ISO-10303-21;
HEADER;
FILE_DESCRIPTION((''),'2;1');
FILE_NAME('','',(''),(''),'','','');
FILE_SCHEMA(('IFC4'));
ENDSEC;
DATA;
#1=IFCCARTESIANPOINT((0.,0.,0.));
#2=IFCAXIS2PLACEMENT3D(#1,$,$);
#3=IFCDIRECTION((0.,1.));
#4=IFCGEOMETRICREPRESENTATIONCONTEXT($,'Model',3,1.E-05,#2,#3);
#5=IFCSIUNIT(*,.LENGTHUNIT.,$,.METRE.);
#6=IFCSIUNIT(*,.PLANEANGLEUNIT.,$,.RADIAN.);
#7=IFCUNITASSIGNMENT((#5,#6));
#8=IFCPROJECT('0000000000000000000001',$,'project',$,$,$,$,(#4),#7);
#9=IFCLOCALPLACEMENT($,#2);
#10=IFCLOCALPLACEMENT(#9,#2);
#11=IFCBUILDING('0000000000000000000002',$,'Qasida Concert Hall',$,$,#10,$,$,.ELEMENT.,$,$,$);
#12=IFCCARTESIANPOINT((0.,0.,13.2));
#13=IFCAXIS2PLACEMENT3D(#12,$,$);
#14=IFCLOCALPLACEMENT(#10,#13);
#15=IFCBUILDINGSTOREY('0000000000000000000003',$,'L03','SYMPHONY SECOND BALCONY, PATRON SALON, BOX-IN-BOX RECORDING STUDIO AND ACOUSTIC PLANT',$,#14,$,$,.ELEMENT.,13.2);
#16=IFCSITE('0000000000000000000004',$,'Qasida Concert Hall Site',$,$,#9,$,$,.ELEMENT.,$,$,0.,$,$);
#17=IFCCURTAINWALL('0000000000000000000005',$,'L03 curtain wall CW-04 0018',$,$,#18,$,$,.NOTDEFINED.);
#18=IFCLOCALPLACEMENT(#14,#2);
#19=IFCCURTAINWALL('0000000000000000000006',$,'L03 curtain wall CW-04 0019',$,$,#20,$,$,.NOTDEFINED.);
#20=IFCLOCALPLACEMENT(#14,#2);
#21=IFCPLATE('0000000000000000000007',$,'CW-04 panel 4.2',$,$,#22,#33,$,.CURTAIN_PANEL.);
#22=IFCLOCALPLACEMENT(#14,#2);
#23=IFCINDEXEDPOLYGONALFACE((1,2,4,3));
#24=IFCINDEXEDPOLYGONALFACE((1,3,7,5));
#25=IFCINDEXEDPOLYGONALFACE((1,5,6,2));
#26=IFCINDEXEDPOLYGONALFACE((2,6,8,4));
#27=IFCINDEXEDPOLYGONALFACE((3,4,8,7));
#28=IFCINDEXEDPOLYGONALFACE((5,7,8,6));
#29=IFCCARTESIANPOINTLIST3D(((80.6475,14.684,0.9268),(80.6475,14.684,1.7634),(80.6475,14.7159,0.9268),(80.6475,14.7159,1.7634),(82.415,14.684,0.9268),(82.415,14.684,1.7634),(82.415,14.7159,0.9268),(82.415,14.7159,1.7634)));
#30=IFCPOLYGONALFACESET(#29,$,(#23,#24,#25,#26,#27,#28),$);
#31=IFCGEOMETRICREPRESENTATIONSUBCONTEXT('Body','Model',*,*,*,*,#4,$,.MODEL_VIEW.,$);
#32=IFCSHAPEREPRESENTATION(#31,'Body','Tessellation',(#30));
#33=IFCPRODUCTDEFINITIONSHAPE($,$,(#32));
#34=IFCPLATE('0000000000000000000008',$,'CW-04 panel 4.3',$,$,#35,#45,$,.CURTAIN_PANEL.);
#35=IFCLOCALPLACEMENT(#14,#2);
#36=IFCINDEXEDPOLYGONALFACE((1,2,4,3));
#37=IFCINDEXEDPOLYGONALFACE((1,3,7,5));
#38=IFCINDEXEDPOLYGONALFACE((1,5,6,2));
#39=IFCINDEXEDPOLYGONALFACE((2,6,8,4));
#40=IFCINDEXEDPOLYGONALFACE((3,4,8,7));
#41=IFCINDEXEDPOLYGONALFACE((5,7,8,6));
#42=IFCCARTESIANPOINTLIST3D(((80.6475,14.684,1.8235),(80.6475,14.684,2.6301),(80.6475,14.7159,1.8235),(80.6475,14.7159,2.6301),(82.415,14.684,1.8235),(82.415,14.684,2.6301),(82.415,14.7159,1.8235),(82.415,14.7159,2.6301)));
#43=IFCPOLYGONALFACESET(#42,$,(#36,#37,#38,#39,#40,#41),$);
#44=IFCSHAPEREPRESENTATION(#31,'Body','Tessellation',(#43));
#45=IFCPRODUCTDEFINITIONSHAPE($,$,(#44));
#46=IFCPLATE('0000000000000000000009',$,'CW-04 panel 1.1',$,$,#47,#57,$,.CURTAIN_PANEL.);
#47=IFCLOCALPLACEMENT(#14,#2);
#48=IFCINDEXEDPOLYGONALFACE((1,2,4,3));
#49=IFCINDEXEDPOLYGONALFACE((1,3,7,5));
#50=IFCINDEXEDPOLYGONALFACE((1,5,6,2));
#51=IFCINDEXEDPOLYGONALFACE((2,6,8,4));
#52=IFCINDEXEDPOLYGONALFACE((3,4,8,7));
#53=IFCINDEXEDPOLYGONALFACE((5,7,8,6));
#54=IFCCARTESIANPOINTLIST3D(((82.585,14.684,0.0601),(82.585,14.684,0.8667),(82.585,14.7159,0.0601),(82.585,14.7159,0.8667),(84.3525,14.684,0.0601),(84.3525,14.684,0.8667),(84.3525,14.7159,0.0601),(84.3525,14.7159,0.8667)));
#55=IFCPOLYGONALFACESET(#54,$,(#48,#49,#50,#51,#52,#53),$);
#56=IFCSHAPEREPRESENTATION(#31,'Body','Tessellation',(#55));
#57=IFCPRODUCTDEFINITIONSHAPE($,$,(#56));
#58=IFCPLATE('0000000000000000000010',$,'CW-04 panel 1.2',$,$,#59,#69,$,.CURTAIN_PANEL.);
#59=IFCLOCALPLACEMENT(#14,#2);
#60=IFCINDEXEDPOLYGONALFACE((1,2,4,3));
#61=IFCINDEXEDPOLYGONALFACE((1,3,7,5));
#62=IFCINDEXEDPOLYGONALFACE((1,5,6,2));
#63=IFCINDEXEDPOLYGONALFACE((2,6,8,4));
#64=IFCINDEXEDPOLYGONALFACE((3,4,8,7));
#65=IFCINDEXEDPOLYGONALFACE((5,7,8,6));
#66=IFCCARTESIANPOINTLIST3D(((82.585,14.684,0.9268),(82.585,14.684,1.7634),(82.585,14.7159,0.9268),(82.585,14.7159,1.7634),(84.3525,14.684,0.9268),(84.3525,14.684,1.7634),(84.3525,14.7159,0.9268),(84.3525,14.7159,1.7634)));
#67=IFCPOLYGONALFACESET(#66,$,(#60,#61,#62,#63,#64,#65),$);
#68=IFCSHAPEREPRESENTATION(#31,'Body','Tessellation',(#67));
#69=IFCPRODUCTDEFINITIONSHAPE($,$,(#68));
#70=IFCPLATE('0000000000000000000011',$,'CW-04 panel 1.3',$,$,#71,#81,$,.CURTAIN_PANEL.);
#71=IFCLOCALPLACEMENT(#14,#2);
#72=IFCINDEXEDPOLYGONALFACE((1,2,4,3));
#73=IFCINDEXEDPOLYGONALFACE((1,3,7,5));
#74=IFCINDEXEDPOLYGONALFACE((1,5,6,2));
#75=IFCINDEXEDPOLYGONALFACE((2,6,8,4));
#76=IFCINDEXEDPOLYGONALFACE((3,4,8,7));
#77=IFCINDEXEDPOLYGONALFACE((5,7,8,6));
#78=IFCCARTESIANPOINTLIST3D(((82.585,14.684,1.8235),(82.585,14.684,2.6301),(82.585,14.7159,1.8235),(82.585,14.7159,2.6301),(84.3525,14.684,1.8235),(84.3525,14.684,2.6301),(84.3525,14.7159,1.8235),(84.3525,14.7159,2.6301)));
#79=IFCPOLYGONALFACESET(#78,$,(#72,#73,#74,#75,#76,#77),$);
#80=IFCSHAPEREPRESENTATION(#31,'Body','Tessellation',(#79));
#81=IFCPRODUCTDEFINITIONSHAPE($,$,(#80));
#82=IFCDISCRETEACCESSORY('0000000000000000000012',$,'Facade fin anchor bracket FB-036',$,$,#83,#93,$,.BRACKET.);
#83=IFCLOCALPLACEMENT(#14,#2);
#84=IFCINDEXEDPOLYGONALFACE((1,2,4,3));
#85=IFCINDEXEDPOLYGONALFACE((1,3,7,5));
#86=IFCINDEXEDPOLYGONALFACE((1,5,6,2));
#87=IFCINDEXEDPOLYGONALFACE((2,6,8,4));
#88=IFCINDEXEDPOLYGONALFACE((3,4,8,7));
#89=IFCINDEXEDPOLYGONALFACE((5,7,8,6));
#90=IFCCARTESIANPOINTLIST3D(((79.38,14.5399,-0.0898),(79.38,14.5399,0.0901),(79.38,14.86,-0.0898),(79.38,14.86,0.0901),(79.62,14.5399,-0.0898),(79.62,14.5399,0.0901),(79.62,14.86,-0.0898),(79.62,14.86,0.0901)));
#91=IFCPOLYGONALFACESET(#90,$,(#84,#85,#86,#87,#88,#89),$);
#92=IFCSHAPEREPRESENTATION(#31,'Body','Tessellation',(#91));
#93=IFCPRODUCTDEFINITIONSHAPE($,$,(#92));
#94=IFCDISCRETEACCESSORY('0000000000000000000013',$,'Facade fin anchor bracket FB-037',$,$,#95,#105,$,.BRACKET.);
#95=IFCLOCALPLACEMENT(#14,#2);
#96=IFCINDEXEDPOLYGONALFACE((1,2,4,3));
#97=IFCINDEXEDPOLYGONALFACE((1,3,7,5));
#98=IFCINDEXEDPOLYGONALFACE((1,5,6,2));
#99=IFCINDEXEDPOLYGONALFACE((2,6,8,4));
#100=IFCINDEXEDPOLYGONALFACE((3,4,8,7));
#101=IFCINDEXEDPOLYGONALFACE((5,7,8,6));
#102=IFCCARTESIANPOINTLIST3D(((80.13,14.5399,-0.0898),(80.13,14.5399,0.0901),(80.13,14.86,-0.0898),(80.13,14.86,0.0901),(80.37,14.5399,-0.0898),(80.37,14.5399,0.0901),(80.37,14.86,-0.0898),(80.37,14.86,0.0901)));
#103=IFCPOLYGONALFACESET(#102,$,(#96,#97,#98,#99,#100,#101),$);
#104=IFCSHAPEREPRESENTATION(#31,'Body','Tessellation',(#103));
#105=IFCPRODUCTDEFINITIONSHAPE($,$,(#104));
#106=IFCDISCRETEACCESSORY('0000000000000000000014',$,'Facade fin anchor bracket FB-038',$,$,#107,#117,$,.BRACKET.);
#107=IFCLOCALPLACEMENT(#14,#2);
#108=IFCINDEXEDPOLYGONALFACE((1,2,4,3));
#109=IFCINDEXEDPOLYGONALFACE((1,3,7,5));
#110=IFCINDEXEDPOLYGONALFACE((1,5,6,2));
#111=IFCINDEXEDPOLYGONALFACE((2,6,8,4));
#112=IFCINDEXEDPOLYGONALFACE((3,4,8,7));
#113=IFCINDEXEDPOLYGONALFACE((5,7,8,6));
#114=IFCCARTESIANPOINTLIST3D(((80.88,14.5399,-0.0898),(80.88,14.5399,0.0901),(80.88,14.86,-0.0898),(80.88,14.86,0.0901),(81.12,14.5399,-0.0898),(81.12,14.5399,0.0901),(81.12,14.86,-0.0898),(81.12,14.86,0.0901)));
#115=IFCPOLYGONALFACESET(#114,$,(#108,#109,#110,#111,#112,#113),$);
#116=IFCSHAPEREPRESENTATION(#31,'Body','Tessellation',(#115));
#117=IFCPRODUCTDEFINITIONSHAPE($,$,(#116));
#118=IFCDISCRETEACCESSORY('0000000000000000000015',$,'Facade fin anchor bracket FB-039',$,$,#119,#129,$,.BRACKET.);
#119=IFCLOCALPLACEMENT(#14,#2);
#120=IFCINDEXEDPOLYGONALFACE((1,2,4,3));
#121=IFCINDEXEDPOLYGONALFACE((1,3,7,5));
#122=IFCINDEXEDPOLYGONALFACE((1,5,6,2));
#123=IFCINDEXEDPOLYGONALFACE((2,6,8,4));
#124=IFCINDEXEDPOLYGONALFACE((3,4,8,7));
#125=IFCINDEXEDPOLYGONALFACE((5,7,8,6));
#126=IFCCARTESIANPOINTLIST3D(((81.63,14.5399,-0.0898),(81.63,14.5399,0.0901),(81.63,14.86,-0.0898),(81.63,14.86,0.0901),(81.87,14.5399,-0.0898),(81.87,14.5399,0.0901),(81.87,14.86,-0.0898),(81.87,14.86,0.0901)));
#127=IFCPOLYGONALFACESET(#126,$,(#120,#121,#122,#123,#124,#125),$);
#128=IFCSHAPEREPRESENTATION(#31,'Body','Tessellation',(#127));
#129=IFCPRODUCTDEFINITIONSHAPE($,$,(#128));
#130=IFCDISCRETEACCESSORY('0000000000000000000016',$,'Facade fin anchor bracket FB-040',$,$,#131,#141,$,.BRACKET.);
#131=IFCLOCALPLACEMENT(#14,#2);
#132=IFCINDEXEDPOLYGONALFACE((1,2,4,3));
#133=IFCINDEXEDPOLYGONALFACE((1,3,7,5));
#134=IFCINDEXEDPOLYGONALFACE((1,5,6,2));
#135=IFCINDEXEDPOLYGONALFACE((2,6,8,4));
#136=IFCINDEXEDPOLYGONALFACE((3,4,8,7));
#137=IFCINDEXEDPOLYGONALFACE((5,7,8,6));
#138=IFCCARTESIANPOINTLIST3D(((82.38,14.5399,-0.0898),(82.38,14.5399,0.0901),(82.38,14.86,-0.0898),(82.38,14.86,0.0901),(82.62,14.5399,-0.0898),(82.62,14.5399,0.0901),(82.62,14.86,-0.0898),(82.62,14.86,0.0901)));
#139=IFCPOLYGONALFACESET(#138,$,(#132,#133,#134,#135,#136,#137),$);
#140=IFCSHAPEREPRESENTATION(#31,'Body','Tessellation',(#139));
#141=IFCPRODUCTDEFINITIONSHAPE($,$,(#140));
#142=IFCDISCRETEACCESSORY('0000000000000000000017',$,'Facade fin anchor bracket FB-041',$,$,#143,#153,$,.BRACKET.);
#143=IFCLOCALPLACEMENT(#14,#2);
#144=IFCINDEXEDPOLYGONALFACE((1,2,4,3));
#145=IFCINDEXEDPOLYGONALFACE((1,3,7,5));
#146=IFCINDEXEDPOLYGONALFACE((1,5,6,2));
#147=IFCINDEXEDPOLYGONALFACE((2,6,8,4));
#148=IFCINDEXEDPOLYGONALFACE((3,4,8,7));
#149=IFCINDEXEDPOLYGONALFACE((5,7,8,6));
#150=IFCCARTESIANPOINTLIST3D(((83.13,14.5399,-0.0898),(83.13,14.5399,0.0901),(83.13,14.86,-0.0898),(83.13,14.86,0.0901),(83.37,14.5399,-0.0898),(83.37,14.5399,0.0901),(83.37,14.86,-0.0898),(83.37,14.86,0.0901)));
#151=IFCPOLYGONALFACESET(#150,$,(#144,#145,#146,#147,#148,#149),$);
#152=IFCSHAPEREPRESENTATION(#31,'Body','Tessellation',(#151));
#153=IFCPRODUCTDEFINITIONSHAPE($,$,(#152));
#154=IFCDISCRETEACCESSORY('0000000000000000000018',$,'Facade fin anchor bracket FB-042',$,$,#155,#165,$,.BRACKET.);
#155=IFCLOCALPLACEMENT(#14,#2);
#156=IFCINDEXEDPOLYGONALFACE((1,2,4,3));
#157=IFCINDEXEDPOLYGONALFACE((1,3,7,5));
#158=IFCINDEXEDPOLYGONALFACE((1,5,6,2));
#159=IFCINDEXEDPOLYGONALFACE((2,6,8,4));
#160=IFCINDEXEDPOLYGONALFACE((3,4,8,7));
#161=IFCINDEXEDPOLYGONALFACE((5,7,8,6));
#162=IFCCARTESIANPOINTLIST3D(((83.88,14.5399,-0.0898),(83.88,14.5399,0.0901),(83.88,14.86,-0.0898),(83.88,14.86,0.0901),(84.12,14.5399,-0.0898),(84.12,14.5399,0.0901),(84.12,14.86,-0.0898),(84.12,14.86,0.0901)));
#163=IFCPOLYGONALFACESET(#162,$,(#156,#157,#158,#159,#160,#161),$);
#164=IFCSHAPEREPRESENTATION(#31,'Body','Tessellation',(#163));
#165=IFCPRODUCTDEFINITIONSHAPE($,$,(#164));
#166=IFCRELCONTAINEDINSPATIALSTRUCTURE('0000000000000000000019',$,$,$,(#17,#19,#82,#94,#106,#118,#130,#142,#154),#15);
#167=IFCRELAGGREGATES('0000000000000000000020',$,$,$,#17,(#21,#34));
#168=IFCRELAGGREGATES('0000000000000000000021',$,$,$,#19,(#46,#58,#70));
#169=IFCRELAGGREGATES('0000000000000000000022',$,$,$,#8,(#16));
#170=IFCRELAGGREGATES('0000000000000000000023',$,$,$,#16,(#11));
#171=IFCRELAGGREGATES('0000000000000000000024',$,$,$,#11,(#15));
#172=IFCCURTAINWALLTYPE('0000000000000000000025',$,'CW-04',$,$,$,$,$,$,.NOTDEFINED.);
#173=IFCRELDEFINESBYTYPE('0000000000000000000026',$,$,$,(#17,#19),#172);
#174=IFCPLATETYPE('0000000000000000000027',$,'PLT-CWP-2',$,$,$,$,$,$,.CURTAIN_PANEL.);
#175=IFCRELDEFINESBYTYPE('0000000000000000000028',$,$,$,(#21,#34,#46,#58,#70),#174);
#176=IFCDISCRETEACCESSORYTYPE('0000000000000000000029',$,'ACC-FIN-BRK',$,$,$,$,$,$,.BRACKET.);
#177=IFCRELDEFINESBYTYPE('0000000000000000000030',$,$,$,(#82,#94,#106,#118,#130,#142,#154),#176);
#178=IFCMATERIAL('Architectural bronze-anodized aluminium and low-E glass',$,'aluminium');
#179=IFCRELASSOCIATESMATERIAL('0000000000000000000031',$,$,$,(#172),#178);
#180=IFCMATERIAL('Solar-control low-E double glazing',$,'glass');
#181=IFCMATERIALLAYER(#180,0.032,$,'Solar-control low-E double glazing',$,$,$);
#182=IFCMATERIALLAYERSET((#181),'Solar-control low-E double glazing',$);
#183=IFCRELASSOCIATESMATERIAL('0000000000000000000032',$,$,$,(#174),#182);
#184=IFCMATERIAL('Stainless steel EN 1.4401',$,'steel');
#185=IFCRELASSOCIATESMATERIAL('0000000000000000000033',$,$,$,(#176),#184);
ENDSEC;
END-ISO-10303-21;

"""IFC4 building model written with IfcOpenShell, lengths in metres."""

from ifc_helpers import new_model, si_unit, direction, frame, origin, origin_2d, place, context, subcontext, project, spatial, rectangle, extrude, material, layer, layer_set, type_object, element, aggregate, save


model = new_model("IFC4")

# Units and contexts
model_context = context("Model", 3, precision=1e-05, world=origin(), true_north=direction((0.0, 1.0)))
body_context = subcontext(model_context, "Body", "Model", "MODEL_VIEW")
ifc_project = project(units=[si_unit("LENGTHUNIT", "METRE"), si_unit("PLANEANGLEUNIT", "RADIAN")], contexts=[model_context])

# Site, building, storey
site_placement = place(None, origin())
site = spatial("IfcSite", under=ifc_project, at=site_placement, Name="Qasida Concert Hall Site", CompositionType="ELEMENT", RefElevation=0.0)
building_placement = place(site_placement, origin())
building = spatial("IfcBuilding", under=site, at=building_placement, Name="Qasida Concert Hall", CompositionType="ELEMENT")
storey_placement = place(building_placement, frame((0.0, 0.0, 13.2)))
storey = spatial("IfcBuildingStorey", under=building, at=storey_placement, Name="L03", Description="SYMPHONY SECOND BALCONY, PATRON SALON, BOX-IN-BOX RECORDING STUDIO AND ACOUSTIC PLANT", CompositionType="ELEMENT", Elevation=13.2)

# Curtain walls
ifc_material_1 = material(Name="Architectural bronze-anodized aluminium and low-E glass", Category="aluminium")
curtain_wall_type = type_object("IfcCurtainWallType", Name="CW-04", PredefinedType="NOTDEFINED", material=ifc_material_1)
curtain_wall_1_placement = place(storey_placement, origin())
curtain_wall_1 = element("IfcCurtainWall", 1, at=curtain_wall_1_placement, inside=storey, type_object=curtain_wall_type, Name="L03 curtain wall CW-04 0018", PredefinedType="NOTDEFINED")
curtain_wall_2_placement = place(storey_placement, origin())
curtain_wall_2 = element("IfcCurtainWall", 2, at=curtain_wall_2_placement, inside=storey, type_object=curtain_wall_type, Name="L03 curtain wall CW-04 0019", PredefinedType="NOTDEFINED")

# Plates
ifc_material_2 = material(Name="Solar-control low-E double glazing", Category="glass")
ifc_layer = layer(ifc_material_2, 0.032, Name="Solar-control low-E double glazing")
ifc_layer_set = layer_set([ifc_layer], Name="Solar-control low-E double glazing")
plate_type = type_object("IfcPlateType", Name="PLT-CWP-2", PredefinedType="CURTAIN_PANEL", material=ifc_layer_set)
plate_1_placement = place(storey_placement, frame((81.5312, 14.7, 0.9268), z_axis=(0.0, 0.0, 1.0), x_axis=(1.0, 0.0, 0.0)))
plate_1 = element("IfcPlate", 3, at=plate_1_placement, type_object=plate_type, Name="CW-04 panel 4.2", PredefinedType="CURTAIN_PANEL", context=body_context, shape_type="SweptSolid", body=[
    extrude(rectangle(XDim=1.7676, YDim=0.032, at=origin_2d()), origin(), (0.0, 0.0, 1.0), 0.8367),
])
plate_2_placement = place(storey_placement, frame((81.5312, 14.7, 1.8235), z_axis=(0.0, 0.0, 1.0), x_axis=(1.0, 0.0, 0.0)))
plate_2 = element("IfcPlate", 4, at=plate_2_placement, type_object=plate_type, Name="CW-04 panel 4.3", PredefinedType="CURTAIN_PANEL", context=body_context, shape_type="SweptSolid", body=[
    extrude(rectangle(XDim=1.7676, YDim=0.032, at=origin_2d()), origin(), (0.0, 0.0, 1.0), 0.8066),
])
aggregate(curtain_wall_1, [plate_1, plate_2])
plate_3_placement = place(storey_placement, frame((83.4688, 14.7, 0.0601), z_axis=(0.0, 0.0, 1.0), x_axis=(1.0, 0.0, 0.0)))
plate_3 = element("IfcPlate", 5, at=plate_3_placement, type_object=plate_type, Name="CW-04 panel 1.1", PredefinedType="CURTAIN_PANEL", context=body_context, shape_type="SweptSolid", body=[
    extrude(rectangle(XDim=1.7676, YDim=0.032, at=origin_2d()), origin(), (0.0, 0.0, 1.0), 0.8066),
])
plate_4_placement = place(storey_placement, frame((83.4688, 14.7, 0.9268), z_axis=(0.0, 0.0, 1.0), x_axis=(1.0, 0.0, 0.0)))
plate_4 = element("IfcPlate", 6, at=plate_4_placement, type_object=plate_type, Name="CW-04 panel 1.2", PredefinedType="CURTAIN_PANEL", context=body_context, shape_type="SweptSolid", body=[
    extrude(rectangle(XDim=1.7676, YDim=0.032, at=origin_2d()), origin(), (0.0, 0.0, 1.0), 0.8367),
])
plate_5_placement = place(storey_placement, frame((83.4688, 14.7, 1.8235), z_axis=(0.0, 0.0, 1.0), x_axis=(1.0, 0.0, 0.0)))
plate_5 = element("IfcPlate", 7, at=plate_5_placement, type_object=plate_type, Name="CW-04 panel 1.3", PredefinedType="CURTAIN_PANEL", context=body_context, shape_type="SweptSolid", body=[
    extrude(rectangle(XDim=1.7676, YDim=0.032, at=origin_2d()), origin(), (0.0, 0.0, 1.0), 0.8066),
])
aggregate(curtain_wall_2, [plate_3, plate_4, plate_5])

# Discrete accessories
ifc_material_3 = material(Name="Stainless steel EN 1.4401", Category="steel")
discrete_accessory_type = type_object("IfcDiscreteAccessoryType", Name="ACC-FIN-BRK", PredefinedType="BRACKET", material=ifc_material_3)
for number, where, z_axis, x_axis, name in (
    (8, (79.5, 14.7, -0.0898), (0.0, 0.0, 1.0), (1.0, 0.0, 0.0), "Facade fin anchor bracket FB-036"),
    (9, (80.25, 14.7, -0.0898), (0.0, 0.0, 1.0), (1.0, 0.0, 0.0), "Facade fin anchor bracket FB-037"),
    (10, (81.0, 14.7, -0.0898), (0.0, 0.0, 1.0), (1.0, 0.0, 0.0), "Facade fin anchor bracket FB-038"),
    (11, (81.75, 14.7, -0.0898), (0.0, 0.0, 1.0), (1.0, 0.0, 0.0), "Facade fin anchor bracket FB-039"),
    (12, (82.5, 14.7, -0.0898), (0.0, 0.0, 1.0), (1.0, 0.0, 0.0), "Facade fin anchor bracket FB-040"),
    (13, (83.25, 14.7, -0.0898), (0.0, 0.0, 1.0), (1.0, 0.0, 0.0), "Facade fin anchor bracket FB-041"),
    (14, (84.0, 14.7, -0.0898), (0.0, 0.0, 1.0), (1.0, 0.0, 0.0), "Facade fin anchor bracket FB-042"),
):
    element("IfcDiscreteAccessory", number, at=place(storey_placement, frame(where, z_axis=z_axis, x_axis=x_axis)), inside=storey, type_object=discrete_accessory_type, Name=name, PredefinedType="BRACKET", context=body_context, shape_type="SweptSolid", body=[
        extrude(rectangle(XDim=0.24, YDim=0.3201, at=origin_2d()), origin(), (0.0, 0.0, 1.0), 0.1799),
    ])

save(model, "model.ifc")
